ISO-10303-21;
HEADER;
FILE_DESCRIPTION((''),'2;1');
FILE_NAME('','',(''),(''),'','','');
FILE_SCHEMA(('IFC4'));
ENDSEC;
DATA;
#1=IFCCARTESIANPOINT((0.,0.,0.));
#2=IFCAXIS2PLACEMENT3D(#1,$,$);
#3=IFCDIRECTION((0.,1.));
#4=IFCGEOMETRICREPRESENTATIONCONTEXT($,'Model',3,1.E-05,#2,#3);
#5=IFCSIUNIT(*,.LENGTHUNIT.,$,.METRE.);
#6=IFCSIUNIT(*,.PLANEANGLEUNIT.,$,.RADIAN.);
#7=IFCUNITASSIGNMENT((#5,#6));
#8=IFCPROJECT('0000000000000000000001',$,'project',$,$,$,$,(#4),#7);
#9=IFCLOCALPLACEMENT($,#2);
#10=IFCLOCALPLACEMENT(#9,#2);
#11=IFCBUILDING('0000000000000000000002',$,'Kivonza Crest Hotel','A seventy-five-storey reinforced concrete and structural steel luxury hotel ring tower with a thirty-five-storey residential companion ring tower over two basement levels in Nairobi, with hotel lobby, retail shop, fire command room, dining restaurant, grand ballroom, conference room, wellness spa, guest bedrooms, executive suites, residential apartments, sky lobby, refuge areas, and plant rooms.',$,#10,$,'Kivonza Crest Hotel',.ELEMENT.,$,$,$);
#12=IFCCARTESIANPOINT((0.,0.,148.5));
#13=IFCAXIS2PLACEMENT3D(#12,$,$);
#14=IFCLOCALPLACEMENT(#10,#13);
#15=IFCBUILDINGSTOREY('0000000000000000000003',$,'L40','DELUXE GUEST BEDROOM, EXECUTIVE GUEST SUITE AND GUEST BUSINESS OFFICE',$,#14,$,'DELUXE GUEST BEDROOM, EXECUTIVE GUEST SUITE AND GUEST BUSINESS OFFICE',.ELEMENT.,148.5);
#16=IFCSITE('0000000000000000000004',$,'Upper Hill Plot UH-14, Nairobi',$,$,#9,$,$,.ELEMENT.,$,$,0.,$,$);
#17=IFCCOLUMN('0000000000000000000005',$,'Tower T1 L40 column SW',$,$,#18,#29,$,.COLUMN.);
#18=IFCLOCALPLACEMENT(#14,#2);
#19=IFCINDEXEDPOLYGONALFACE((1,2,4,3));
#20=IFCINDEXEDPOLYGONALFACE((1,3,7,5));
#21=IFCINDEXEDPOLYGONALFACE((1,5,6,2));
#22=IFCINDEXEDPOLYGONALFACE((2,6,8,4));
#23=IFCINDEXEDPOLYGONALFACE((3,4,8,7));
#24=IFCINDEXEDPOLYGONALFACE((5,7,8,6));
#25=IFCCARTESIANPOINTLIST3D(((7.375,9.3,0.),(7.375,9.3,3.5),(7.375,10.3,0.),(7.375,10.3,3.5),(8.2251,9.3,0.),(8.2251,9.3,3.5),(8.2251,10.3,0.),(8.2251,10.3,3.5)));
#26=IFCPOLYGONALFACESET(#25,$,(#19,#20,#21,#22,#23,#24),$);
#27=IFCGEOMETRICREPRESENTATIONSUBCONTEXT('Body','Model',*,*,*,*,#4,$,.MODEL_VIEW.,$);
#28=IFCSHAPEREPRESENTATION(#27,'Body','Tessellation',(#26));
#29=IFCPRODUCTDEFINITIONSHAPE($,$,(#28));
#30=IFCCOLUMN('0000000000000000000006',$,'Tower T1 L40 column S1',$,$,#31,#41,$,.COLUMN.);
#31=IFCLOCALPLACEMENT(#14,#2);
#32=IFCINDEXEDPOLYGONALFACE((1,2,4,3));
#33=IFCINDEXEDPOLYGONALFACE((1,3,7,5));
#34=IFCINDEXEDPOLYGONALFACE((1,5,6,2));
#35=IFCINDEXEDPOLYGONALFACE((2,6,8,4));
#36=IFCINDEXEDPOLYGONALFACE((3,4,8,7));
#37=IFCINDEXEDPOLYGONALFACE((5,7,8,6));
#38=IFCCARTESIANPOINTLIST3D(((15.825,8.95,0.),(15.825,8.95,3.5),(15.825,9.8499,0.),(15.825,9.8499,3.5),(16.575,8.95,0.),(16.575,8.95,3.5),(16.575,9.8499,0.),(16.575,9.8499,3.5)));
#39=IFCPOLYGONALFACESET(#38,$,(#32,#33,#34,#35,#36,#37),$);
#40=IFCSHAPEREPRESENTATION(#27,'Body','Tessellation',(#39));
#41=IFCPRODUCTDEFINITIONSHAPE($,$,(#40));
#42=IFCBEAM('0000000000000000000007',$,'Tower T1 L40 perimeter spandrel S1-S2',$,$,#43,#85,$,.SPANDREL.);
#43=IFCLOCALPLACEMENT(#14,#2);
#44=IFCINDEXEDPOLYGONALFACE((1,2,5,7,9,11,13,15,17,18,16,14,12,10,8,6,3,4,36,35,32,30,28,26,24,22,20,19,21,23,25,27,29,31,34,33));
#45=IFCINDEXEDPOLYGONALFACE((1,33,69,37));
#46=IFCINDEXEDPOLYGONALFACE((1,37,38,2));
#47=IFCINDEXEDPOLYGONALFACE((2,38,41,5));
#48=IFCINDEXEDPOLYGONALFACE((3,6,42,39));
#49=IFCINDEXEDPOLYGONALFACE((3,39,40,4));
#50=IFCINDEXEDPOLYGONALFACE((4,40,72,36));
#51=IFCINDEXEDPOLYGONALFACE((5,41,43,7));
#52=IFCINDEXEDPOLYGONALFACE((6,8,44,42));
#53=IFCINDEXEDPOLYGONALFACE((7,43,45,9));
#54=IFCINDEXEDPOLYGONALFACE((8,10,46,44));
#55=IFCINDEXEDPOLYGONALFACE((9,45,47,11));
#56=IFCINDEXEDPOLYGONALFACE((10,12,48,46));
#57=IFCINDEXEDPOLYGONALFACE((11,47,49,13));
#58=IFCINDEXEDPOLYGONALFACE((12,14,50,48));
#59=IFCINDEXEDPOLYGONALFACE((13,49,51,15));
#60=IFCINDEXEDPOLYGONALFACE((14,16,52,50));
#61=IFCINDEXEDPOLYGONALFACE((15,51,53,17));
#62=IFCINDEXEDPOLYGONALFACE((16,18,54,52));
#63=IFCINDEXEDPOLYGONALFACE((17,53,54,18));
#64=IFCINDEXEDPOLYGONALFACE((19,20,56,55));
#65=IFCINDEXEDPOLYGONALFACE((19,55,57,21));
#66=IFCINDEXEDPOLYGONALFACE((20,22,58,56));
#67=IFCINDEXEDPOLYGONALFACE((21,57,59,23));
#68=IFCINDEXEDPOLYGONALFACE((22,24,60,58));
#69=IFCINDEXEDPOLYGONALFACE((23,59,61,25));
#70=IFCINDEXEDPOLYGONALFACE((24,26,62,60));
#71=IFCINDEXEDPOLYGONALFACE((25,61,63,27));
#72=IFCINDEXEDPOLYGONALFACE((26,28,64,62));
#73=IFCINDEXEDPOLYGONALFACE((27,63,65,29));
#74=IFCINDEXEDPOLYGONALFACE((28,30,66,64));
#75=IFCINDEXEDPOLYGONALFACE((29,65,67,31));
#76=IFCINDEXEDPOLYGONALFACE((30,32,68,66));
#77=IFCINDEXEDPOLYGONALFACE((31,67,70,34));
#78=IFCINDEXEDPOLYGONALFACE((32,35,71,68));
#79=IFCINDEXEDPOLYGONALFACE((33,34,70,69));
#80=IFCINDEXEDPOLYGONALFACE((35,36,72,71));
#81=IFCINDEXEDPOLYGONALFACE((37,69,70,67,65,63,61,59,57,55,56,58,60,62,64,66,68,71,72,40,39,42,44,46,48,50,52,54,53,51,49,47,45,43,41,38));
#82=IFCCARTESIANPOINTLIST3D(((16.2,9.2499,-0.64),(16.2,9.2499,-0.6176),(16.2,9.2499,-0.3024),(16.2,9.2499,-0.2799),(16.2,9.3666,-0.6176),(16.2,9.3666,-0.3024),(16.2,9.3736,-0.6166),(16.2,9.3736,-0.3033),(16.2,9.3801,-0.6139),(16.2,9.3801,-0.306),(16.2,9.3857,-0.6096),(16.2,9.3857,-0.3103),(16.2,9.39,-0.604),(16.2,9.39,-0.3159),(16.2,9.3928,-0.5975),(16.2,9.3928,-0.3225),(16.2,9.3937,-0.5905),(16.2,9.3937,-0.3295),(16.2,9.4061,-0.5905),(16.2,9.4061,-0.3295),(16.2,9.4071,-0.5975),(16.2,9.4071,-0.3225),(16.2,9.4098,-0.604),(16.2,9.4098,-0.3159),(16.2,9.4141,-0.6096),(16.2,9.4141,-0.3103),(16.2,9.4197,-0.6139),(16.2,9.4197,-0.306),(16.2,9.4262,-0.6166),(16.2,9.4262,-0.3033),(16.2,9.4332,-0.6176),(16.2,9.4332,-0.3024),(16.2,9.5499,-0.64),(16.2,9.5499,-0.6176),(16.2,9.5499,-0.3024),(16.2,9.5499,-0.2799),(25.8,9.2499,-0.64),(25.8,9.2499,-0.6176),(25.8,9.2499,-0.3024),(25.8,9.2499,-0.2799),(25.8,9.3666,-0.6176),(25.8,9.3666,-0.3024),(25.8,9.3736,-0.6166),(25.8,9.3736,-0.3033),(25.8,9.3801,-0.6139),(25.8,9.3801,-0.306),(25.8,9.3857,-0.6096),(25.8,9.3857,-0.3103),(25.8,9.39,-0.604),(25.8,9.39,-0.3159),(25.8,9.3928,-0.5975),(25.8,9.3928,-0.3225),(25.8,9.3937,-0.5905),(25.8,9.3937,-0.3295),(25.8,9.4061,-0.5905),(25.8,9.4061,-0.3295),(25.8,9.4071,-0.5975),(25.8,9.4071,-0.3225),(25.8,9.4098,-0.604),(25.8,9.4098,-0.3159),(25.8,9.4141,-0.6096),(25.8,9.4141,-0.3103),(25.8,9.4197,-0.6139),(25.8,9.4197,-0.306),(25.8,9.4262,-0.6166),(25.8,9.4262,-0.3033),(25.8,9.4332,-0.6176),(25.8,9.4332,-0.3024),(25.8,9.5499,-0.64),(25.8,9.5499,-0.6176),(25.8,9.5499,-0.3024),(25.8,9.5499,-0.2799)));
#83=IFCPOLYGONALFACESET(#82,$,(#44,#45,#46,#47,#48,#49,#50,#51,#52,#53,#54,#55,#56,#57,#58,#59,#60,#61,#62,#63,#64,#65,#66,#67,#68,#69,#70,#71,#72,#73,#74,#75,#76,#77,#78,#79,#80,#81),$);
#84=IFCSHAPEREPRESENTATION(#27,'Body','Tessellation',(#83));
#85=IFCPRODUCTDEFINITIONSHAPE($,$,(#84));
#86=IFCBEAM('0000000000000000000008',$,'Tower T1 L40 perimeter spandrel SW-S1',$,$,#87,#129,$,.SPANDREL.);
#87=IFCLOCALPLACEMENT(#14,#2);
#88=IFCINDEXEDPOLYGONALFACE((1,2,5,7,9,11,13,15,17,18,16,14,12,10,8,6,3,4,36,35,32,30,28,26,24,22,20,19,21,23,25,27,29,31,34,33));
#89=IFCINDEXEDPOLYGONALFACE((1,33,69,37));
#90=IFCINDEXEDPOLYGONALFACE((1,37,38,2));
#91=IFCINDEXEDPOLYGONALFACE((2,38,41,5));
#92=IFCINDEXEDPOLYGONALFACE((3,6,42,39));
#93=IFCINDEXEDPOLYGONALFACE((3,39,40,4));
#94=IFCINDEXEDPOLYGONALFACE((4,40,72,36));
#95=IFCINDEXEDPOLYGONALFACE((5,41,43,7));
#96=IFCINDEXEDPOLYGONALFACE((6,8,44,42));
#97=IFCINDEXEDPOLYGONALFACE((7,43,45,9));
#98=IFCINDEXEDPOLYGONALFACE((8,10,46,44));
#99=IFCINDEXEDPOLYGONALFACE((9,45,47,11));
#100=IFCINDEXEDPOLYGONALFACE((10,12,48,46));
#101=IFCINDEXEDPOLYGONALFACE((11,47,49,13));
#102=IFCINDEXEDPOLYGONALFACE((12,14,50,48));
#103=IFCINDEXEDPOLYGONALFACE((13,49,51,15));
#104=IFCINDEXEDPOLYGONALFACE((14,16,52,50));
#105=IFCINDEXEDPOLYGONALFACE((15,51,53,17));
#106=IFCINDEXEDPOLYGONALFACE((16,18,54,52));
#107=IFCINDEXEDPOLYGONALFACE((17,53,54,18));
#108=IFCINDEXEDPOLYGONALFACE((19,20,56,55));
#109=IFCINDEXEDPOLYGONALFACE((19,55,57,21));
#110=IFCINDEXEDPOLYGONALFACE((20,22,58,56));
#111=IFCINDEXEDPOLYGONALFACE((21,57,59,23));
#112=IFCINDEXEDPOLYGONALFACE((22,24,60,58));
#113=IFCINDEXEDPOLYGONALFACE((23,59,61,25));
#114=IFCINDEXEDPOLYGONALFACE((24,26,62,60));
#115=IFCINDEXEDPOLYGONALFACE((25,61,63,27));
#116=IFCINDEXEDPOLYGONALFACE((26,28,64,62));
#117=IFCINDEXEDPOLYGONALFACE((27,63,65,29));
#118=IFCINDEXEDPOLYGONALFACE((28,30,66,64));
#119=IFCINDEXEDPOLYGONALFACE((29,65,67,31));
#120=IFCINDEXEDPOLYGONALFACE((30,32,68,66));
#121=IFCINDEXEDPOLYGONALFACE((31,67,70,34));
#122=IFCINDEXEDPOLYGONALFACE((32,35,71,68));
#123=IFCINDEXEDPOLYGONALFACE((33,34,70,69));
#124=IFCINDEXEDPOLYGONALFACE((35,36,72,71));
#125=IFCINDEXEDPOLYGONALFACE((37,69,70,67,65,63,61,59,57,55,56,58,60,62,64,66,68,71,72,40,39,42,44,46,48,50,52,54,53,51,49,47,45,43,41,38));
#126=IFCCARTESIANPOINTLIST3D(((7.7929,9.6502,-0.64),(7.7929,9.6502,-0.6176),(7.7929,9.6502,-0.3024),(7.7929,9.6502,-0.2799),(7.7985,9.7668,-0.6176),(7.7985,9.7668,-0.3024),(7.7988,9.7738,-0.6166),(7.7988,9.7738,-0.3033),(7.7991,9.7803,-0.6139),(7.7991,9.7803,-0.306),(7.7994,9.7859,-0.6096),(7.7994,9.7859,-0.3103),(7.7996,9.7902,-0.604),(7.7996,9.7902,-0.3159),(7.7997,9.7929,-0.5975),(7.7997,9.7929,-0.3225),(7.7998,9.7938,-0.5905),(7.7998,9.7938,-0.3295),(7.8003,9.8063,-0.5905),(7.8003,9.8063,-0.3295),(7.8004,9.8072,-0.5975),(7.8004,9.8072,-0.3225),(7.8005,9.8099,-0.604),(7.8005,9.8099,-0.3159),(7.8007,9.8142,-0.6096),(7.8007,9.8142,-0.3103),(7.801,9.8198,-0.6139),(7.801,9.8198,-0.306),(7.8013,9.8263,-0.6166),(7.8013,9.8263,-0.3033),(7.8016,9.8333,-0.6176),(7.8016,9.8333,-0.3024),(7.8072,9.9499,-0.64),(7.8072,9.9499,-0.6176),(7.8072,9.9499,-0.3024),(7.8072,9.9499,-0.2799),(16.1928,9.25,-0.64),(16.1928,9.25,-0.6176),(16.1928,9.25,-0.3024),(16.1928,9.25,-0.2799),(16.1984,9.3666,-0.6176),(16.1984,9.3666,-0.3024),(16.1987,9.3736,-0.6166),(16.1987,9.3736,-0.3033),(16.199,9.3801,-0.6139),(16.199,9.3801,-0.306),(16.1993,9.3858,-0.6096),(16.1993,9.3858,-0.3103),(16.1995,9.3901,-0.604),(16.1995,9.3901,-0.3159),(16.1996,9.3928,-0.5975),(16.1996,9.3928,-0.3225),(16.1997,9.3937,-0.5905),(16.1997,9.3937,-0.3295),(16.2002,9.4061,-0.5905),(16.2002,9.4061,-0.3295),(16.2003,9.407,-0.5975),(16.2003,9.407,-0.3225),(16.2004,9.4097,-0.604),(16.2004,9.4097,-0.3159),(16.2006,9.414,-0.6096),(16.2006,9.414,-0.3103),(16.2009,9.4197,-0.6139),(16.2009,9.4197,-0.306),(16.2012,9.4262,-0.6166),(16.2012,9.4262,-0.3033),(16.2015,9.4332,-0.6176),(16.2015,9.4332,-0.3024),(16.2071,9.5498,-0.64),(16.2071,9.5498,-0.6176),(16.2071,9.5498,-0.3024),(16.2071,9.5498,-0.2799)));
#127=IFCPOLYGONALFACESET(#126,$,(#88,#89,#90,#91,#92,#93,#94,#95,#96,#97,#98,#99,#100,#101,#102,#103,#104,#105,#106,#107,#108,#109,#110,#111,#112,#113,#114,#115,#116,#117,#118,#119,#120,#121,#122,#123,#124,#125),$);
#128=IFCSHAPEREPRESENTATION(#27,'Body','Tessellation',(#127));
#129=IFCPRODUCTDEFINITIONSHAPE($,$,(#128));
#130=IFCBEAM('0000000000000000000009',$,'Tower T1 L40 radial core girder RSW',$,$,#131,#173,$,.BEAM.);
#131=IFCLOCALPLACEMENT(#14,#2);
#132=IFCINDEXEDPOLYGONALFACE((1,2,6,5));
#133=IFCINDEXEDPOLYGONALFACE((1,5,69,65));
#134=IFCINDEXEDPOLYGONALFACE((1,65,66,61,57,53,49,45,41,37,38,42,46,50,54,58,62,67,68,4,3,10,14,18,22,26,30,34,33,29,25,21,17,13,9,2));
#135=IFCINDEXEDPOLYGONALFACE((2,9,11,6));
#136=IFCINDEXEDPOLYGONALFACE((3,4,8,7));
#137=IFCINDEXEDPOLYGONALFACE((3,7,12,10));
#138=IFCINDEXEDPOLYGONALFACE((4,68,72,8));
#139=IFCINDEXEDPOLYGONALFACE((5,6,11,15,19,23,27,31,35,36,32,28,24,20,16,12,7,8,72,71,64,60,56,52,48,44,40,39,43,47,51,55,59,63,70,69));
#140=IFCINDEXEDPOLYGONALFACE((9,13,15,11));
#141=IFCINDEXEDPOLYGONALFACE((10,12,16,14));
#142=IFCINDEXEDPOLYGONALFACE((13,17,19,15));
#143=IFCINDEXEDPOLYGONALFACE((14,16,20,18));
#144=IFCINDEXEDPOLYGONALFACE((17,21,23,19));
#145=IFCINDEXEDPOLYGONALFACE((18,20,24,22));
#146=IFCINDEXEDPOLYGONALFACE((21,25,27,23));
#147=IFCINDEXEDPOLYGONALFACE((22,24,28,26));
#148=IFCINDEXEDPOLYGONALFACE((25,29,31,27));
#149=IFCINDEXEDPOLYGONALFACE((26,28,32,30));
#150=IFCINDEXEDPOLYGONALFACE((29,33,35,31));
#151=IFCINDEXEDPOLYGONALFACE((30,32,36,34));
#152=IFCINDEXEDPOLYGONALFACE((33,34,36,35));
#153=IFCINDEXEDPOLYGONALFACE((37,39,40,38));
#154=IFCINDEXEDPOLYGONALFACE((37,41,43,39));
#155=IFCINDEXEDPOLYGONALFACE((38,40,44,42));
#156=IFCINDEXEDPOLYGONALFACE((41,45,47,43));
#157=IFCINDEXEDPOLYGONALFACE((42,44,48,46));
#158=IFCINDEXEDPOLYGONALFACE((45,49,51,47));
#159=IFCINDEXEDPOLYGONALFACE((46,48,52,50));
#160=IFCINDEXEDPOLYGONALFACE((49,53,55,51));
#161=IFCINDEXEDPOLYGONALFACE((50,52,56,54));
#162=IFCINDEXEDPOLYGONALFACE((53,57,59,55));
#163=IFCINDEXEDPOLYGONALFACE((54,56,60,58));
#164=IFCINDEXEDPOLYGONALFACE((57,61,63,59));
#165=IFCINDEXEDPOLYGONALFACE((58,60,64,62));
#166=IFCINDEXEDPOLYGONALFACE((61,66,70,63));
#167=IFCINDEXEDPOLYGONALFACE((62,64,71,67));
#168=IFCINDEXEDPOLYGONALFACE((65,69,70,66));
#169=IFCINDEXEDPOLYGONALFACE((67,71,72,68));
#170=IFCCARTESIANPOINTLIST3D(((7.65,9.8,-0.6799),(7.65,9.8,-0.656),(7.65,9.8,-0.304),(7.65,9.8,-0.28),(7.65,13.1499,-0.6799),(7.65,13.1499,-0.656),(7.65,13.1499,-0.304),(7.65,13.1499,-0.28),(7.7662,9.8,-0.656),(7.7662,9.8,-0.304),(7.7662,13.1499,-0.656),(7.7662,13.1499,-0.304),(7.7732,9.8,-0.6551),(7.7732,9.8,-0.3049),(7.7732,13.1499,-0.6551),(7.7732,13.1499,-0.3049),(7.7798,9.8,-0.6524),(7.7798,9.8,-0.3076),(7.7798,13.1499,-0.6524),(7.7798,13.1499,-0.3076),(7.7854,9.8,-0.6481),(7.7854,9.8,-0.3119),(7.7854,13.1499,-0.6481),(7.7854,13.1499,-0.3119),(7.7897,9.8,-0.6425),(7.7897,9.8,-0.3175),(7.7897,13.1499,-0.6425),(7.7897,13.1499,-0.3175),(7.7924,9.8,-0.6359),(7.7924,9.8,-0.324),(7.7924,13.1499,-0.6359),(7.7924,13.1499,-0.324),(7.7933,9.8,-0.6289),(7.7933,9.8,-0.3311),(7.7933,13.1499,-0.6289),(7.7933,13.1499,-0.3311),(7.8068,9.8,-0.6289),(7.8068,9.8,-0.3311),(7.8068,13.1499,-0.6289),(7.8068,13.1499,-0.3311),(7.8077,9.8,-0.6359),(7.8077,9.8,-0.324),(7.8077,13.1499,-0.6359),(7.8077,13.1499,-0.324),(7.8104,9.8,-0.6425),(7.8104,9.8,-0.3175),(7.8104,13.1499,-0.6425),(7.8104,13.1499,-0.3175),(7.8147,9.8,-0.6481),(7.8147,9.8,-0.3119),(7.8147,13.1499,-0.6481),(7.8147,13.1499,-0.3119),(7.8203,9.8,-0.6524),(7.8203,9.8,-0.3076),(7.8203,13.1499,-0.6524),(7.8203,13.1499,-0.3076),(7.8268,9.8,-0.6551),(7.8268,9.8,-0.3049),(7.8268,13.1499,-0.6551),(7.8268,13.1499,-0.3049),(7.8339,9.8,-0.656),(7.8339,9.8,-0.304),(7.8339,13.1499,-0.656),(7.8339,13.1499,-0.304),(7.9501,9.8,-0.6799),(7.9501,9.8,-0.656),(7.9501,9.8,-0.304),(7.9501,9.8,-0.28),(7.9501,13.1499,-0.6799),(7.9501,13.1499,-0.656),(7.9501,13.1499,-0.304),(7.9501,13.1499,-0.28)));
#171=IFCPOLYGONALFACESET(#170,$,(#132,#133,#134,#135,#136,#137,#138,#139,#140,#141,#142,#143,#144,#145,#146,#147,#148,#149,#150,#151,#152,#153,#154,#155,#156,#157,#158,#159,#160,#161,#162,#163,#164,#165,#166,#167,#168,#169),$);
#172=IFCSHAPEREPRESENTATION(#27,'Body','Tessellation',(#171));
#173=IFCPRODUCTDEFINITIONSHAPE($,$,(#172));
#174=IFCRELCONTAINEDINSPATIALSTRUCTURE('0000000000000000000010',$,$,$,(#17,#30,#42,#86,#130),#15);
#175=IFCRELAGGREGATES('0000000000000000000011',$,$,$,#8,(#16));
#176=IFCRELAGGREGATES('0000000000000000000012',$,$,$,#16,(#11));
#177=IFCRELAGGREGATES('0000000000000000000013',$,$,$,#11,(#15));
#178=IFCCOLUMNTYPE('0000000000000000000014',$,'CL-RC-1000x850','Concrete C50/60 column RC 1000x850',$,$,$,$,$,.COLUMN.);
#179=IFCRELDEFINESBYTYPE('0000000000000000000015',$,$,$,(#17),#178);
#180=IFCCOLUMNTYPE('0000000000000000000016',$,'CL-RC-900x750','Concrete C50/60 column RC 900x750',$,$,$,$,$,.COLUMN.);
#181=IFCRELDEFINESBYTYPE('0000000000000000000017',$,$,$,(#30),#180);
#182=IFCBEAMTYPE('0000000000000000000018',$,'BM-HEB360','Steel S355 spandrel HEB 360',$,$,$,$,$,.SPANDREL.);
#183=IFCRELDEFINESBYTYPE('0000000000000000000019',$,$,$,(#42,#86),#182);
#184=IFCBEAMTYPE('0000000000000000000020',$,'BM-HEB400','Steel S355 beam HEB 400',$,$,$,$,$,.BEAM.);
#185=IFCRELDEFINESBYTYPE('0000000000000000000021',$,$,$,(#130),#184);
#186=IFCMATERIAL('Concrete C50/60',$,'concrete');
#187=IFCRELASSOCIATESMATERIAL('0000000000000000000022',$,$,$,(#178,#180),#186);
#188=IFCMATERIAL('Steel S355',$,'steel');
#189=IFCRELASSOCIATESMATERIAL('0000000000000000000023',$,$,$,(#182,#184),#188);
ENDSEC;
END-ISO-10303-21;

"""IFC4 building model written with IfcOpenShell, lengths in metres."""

from ifc_helpers import new_model, si_unit, direction, frame, origin, origin_2d, place, context, subcontext, project, spatial, rectangle, i_section, extrude, material, material_profile, profile_set, type_object, element, save


model = new_model("IFC4")

# Units and contexts
model_context = context("Model", 3, precision=1e-05, world=origin(), true_north=direction((0.0, 1.0)))
body_context = subcontext(model_context, "Body", "Model", "MODEL_VIEW")
ifc_project = project(units=[si_unit("LENGTHUNIT", "METRE"), si_unit("PLANEANGLEUNIT", "RADIAN")], contexts=[model_context])

# Site, building, storey
site_placement = place(None, origin())
site = spatial("IfcSite", under=ifc_project, at=site_placement, Name="Upper Hill Plot UH-14, Nairobi", CompositionType="ELEMENT", RefElevation=0.0)
building_placement = place(site_placement, origin())
building = spatial("IfcBuilding", under=site, at=building_placement, Name="Kivonza Crest Hotel", Description="A seventy-five-storey reinforced concrete and structural steel luxury hotel ring tower with a thirty-five-storey residential companion ring tower over two basement levels in Nairobi, with hotel lobby, retail shop, fire command room, dining restaurant, grand ballroom, conference room, wellness spa, guest bedrooms, executive suites, residential apartments, sky lobby, refuge areas, and plant rooms.", LongName="Kivonza Crest Hotel", CompositionType="ELEMENT")
storey_placement = place(building_placement, frame((0.0, 0.0, 148.5)))
storey = spatial("IfcBuildingStorey", under=building, at=storey_placement, Name="L40", Description="DELUXE GUEST BEDROOM, EXECUTIVE GUEST SUITE AND GUEST BUSINESS OFFICE", LongName="DELUXE GUEST BEDROOM, EXECUTIVE GUEST SUITE AND GUEST BUSINESS OFFICE", CompositionType="ELEMENT", Elevation=148.5)

# Columns
ifc_material_1 = material(Name="Concrete C50/60", Category="concrete")
ifc_material_profile_1 = material_profile(ifc_material_1, rectangle(XDim=0.8501, YDim=1.0, at=origin_2d()), Name="RC 1000x850")
ifc_profile_set_1 = profile_set([ifc_material_profile_1], Name="Concrete C50/60")
column_type_1 = type_object("IfcColumnType", Name="CL-RC-1000x850", Description="Concrete C50/60 column RC 1000x850", PredefinedType="COLUMN", material=ifc_profile_set_1)
column_1_placement = place(storey_placement, frame((7.8, 9.8, 0.0), z_axis=(0.0, 0.0, 1.0), x_axis=(1.0, 0.0, 0.0)))
element("IfcColumn", 1, at=column_1_placement, inside=storey, type_object=column_type_1, Name="Tower T1 L40 column SW", PredefinedType="COLUMN", context=body_context, shape_type="SweptSolid", body=[
    extrude(rectangle(XDim=0.8501, YDim=1.0, at=origin_2d()), origin(), (0.0, 0.0, 1.0), 3.5),
])
ifc_material_profile_2 = material_profile(ifc_material_1, rectangle(XDim=0.75, YDim=0.8999, at=origin_2d()), Name="RC 900x750")
ifc_profile_set_2 = profile_set([ifc_material_profile_2], Name="Concrete C50/60")
column_type_2 = type_object("IfcColumnType", Name="CL-RC-900x750", Description="Concrete C50/60 column RC 900x750", PredefinedType="COLUMN", material=ifc_profile_set_2)
column_2_placement = place(storey_placement, frame((16.2, 9.3999, 0.0), z_axis=(0.0, 0.0, 1.0), x_axis=(1.0, 0.0, 0.0)))
element("IfcColumn", 2, at=column_2_placement, inside=storey, type_object=column_type_2, Name="Tower T1 L40 column S1", PredefinedType="COLUMN", context=body_context, shape_type="SweptSolid", body=[
    extrude(rectangle(XDim=0.75, YDim=0.8999, at=origin_2d()), origin(), (0.0, 0.0, 1.0), 3.5),
])

# Beams
ifc_material_2 = material(Name="Steel S355", Category="steel")
ifc_material_profile_3 = material_profile(ifc_material_2, i_section(OverallWidth=0.3, OverallDepth=0.3601, WebThickness=0.0125, FlangeThickness=0.0225, FilletRadius=0.0271, at=origin_2d()), Name="HEB 360")
ifc_profile_set_3 = profile_set([ifc_material_profile_3], Name="Steel S355")
beam_type_1 = type_object("IfcBeamType", Name="BM-HEB360", Description="Steel S355 spandrel HEB 360", PredefinedType="SPANDREL", material=ifc_profile_set_3)
beam_1_placement = place(storey_placement, frame((16.2, 9.3999, -0.46), z_axis=(1.0, 0.0, 0.0), x_axis=(0.0, 1.0, 0.0)))
element("IfcBeam", 3, at=beam_1_placement, inside=storey, type_object=beam_type_1, Name="Tower T1 L40 perimeter spandrel S1-S2", PredefinedType="SPANDREL", context=body_context, shape_type="SweptSolid", body=[
    extrude(i_section(OverallWidth=0.3, OverallDepth=0.3601, WebThickness=0.0125, FlangeThickness=0.0225, FilletRadius=0.0271, at=origin_2d()), origin(), (0.0, 0.0, 1.0), 9.6001),
])
beam_2_placement = place(storey_placement, frame((7.8, 9.8, -0.46), z_axis=(0.998867, -0.047583, 0.0), x_axis=(0.047583, 0.998867, 0.0)))
element("IfcBeam", 4, at=beam_2_placement, inside=storey, type_object=beam_type_1, Name="Tower T1 L40 perimeter spandrel SW-S1", PredefinedType="SPANDREL", context=body_context, shape_type="SweptSolid", body=[
    extrude(i_section(OverallWidth=0.3, OverallDepth=0.3601, WebThickness=0.0125, FlangeThickness=0.0225, FilletRadius=0.0271, at=origin_2d()), origin(), (0.0, 0.0, 1.0), 8.4094),
])
ifc_material_profile_4 = material_profile(ifc_material_2, i_section(OverallWidth=0.3, OverallDepth=0.3999, WebThickness=0.0134, FlangeThickness=0.0239, FilletRadius=0.0271, at=origin_2d()), Name="HEB 400")
ifc_profile_set_4 = profile_set([ifc_material_profile_4], Name="Steel S355")
beam_type_2 = type_object("IfcBeamType", Name="BM-HEB400", Description="Steel S355 beam HEB 400", PredefinedType="BEAM", material=ifc_profile_set_4)
beam_3_placement = place(storey_placement, frame((7.8, 9.8, -0.48), z_axis=(0.0, 1.0, 0.0), x_axis=(-1.0, 0.0, 0.0)))
element("IfcBeam", 5, at=beam_3_placement, inside=storey, type_object=beam_type_2, Name="Tower T1 L40 radial core girder RSW", PredefinedType="BEAM", context=body_context, shape_type="SweptSolid", body=[
    extrude(i_section(OverallWidth=0.3, OverallDepth=0.3999, WebThickness=0.0134, FlangeThickness=0.0239, FilletRadius=0.0271, at=origin_2d()), origin(), (0.0, 0.0, 1.0), 3.3499),
])

save(model, "model.ifc")
